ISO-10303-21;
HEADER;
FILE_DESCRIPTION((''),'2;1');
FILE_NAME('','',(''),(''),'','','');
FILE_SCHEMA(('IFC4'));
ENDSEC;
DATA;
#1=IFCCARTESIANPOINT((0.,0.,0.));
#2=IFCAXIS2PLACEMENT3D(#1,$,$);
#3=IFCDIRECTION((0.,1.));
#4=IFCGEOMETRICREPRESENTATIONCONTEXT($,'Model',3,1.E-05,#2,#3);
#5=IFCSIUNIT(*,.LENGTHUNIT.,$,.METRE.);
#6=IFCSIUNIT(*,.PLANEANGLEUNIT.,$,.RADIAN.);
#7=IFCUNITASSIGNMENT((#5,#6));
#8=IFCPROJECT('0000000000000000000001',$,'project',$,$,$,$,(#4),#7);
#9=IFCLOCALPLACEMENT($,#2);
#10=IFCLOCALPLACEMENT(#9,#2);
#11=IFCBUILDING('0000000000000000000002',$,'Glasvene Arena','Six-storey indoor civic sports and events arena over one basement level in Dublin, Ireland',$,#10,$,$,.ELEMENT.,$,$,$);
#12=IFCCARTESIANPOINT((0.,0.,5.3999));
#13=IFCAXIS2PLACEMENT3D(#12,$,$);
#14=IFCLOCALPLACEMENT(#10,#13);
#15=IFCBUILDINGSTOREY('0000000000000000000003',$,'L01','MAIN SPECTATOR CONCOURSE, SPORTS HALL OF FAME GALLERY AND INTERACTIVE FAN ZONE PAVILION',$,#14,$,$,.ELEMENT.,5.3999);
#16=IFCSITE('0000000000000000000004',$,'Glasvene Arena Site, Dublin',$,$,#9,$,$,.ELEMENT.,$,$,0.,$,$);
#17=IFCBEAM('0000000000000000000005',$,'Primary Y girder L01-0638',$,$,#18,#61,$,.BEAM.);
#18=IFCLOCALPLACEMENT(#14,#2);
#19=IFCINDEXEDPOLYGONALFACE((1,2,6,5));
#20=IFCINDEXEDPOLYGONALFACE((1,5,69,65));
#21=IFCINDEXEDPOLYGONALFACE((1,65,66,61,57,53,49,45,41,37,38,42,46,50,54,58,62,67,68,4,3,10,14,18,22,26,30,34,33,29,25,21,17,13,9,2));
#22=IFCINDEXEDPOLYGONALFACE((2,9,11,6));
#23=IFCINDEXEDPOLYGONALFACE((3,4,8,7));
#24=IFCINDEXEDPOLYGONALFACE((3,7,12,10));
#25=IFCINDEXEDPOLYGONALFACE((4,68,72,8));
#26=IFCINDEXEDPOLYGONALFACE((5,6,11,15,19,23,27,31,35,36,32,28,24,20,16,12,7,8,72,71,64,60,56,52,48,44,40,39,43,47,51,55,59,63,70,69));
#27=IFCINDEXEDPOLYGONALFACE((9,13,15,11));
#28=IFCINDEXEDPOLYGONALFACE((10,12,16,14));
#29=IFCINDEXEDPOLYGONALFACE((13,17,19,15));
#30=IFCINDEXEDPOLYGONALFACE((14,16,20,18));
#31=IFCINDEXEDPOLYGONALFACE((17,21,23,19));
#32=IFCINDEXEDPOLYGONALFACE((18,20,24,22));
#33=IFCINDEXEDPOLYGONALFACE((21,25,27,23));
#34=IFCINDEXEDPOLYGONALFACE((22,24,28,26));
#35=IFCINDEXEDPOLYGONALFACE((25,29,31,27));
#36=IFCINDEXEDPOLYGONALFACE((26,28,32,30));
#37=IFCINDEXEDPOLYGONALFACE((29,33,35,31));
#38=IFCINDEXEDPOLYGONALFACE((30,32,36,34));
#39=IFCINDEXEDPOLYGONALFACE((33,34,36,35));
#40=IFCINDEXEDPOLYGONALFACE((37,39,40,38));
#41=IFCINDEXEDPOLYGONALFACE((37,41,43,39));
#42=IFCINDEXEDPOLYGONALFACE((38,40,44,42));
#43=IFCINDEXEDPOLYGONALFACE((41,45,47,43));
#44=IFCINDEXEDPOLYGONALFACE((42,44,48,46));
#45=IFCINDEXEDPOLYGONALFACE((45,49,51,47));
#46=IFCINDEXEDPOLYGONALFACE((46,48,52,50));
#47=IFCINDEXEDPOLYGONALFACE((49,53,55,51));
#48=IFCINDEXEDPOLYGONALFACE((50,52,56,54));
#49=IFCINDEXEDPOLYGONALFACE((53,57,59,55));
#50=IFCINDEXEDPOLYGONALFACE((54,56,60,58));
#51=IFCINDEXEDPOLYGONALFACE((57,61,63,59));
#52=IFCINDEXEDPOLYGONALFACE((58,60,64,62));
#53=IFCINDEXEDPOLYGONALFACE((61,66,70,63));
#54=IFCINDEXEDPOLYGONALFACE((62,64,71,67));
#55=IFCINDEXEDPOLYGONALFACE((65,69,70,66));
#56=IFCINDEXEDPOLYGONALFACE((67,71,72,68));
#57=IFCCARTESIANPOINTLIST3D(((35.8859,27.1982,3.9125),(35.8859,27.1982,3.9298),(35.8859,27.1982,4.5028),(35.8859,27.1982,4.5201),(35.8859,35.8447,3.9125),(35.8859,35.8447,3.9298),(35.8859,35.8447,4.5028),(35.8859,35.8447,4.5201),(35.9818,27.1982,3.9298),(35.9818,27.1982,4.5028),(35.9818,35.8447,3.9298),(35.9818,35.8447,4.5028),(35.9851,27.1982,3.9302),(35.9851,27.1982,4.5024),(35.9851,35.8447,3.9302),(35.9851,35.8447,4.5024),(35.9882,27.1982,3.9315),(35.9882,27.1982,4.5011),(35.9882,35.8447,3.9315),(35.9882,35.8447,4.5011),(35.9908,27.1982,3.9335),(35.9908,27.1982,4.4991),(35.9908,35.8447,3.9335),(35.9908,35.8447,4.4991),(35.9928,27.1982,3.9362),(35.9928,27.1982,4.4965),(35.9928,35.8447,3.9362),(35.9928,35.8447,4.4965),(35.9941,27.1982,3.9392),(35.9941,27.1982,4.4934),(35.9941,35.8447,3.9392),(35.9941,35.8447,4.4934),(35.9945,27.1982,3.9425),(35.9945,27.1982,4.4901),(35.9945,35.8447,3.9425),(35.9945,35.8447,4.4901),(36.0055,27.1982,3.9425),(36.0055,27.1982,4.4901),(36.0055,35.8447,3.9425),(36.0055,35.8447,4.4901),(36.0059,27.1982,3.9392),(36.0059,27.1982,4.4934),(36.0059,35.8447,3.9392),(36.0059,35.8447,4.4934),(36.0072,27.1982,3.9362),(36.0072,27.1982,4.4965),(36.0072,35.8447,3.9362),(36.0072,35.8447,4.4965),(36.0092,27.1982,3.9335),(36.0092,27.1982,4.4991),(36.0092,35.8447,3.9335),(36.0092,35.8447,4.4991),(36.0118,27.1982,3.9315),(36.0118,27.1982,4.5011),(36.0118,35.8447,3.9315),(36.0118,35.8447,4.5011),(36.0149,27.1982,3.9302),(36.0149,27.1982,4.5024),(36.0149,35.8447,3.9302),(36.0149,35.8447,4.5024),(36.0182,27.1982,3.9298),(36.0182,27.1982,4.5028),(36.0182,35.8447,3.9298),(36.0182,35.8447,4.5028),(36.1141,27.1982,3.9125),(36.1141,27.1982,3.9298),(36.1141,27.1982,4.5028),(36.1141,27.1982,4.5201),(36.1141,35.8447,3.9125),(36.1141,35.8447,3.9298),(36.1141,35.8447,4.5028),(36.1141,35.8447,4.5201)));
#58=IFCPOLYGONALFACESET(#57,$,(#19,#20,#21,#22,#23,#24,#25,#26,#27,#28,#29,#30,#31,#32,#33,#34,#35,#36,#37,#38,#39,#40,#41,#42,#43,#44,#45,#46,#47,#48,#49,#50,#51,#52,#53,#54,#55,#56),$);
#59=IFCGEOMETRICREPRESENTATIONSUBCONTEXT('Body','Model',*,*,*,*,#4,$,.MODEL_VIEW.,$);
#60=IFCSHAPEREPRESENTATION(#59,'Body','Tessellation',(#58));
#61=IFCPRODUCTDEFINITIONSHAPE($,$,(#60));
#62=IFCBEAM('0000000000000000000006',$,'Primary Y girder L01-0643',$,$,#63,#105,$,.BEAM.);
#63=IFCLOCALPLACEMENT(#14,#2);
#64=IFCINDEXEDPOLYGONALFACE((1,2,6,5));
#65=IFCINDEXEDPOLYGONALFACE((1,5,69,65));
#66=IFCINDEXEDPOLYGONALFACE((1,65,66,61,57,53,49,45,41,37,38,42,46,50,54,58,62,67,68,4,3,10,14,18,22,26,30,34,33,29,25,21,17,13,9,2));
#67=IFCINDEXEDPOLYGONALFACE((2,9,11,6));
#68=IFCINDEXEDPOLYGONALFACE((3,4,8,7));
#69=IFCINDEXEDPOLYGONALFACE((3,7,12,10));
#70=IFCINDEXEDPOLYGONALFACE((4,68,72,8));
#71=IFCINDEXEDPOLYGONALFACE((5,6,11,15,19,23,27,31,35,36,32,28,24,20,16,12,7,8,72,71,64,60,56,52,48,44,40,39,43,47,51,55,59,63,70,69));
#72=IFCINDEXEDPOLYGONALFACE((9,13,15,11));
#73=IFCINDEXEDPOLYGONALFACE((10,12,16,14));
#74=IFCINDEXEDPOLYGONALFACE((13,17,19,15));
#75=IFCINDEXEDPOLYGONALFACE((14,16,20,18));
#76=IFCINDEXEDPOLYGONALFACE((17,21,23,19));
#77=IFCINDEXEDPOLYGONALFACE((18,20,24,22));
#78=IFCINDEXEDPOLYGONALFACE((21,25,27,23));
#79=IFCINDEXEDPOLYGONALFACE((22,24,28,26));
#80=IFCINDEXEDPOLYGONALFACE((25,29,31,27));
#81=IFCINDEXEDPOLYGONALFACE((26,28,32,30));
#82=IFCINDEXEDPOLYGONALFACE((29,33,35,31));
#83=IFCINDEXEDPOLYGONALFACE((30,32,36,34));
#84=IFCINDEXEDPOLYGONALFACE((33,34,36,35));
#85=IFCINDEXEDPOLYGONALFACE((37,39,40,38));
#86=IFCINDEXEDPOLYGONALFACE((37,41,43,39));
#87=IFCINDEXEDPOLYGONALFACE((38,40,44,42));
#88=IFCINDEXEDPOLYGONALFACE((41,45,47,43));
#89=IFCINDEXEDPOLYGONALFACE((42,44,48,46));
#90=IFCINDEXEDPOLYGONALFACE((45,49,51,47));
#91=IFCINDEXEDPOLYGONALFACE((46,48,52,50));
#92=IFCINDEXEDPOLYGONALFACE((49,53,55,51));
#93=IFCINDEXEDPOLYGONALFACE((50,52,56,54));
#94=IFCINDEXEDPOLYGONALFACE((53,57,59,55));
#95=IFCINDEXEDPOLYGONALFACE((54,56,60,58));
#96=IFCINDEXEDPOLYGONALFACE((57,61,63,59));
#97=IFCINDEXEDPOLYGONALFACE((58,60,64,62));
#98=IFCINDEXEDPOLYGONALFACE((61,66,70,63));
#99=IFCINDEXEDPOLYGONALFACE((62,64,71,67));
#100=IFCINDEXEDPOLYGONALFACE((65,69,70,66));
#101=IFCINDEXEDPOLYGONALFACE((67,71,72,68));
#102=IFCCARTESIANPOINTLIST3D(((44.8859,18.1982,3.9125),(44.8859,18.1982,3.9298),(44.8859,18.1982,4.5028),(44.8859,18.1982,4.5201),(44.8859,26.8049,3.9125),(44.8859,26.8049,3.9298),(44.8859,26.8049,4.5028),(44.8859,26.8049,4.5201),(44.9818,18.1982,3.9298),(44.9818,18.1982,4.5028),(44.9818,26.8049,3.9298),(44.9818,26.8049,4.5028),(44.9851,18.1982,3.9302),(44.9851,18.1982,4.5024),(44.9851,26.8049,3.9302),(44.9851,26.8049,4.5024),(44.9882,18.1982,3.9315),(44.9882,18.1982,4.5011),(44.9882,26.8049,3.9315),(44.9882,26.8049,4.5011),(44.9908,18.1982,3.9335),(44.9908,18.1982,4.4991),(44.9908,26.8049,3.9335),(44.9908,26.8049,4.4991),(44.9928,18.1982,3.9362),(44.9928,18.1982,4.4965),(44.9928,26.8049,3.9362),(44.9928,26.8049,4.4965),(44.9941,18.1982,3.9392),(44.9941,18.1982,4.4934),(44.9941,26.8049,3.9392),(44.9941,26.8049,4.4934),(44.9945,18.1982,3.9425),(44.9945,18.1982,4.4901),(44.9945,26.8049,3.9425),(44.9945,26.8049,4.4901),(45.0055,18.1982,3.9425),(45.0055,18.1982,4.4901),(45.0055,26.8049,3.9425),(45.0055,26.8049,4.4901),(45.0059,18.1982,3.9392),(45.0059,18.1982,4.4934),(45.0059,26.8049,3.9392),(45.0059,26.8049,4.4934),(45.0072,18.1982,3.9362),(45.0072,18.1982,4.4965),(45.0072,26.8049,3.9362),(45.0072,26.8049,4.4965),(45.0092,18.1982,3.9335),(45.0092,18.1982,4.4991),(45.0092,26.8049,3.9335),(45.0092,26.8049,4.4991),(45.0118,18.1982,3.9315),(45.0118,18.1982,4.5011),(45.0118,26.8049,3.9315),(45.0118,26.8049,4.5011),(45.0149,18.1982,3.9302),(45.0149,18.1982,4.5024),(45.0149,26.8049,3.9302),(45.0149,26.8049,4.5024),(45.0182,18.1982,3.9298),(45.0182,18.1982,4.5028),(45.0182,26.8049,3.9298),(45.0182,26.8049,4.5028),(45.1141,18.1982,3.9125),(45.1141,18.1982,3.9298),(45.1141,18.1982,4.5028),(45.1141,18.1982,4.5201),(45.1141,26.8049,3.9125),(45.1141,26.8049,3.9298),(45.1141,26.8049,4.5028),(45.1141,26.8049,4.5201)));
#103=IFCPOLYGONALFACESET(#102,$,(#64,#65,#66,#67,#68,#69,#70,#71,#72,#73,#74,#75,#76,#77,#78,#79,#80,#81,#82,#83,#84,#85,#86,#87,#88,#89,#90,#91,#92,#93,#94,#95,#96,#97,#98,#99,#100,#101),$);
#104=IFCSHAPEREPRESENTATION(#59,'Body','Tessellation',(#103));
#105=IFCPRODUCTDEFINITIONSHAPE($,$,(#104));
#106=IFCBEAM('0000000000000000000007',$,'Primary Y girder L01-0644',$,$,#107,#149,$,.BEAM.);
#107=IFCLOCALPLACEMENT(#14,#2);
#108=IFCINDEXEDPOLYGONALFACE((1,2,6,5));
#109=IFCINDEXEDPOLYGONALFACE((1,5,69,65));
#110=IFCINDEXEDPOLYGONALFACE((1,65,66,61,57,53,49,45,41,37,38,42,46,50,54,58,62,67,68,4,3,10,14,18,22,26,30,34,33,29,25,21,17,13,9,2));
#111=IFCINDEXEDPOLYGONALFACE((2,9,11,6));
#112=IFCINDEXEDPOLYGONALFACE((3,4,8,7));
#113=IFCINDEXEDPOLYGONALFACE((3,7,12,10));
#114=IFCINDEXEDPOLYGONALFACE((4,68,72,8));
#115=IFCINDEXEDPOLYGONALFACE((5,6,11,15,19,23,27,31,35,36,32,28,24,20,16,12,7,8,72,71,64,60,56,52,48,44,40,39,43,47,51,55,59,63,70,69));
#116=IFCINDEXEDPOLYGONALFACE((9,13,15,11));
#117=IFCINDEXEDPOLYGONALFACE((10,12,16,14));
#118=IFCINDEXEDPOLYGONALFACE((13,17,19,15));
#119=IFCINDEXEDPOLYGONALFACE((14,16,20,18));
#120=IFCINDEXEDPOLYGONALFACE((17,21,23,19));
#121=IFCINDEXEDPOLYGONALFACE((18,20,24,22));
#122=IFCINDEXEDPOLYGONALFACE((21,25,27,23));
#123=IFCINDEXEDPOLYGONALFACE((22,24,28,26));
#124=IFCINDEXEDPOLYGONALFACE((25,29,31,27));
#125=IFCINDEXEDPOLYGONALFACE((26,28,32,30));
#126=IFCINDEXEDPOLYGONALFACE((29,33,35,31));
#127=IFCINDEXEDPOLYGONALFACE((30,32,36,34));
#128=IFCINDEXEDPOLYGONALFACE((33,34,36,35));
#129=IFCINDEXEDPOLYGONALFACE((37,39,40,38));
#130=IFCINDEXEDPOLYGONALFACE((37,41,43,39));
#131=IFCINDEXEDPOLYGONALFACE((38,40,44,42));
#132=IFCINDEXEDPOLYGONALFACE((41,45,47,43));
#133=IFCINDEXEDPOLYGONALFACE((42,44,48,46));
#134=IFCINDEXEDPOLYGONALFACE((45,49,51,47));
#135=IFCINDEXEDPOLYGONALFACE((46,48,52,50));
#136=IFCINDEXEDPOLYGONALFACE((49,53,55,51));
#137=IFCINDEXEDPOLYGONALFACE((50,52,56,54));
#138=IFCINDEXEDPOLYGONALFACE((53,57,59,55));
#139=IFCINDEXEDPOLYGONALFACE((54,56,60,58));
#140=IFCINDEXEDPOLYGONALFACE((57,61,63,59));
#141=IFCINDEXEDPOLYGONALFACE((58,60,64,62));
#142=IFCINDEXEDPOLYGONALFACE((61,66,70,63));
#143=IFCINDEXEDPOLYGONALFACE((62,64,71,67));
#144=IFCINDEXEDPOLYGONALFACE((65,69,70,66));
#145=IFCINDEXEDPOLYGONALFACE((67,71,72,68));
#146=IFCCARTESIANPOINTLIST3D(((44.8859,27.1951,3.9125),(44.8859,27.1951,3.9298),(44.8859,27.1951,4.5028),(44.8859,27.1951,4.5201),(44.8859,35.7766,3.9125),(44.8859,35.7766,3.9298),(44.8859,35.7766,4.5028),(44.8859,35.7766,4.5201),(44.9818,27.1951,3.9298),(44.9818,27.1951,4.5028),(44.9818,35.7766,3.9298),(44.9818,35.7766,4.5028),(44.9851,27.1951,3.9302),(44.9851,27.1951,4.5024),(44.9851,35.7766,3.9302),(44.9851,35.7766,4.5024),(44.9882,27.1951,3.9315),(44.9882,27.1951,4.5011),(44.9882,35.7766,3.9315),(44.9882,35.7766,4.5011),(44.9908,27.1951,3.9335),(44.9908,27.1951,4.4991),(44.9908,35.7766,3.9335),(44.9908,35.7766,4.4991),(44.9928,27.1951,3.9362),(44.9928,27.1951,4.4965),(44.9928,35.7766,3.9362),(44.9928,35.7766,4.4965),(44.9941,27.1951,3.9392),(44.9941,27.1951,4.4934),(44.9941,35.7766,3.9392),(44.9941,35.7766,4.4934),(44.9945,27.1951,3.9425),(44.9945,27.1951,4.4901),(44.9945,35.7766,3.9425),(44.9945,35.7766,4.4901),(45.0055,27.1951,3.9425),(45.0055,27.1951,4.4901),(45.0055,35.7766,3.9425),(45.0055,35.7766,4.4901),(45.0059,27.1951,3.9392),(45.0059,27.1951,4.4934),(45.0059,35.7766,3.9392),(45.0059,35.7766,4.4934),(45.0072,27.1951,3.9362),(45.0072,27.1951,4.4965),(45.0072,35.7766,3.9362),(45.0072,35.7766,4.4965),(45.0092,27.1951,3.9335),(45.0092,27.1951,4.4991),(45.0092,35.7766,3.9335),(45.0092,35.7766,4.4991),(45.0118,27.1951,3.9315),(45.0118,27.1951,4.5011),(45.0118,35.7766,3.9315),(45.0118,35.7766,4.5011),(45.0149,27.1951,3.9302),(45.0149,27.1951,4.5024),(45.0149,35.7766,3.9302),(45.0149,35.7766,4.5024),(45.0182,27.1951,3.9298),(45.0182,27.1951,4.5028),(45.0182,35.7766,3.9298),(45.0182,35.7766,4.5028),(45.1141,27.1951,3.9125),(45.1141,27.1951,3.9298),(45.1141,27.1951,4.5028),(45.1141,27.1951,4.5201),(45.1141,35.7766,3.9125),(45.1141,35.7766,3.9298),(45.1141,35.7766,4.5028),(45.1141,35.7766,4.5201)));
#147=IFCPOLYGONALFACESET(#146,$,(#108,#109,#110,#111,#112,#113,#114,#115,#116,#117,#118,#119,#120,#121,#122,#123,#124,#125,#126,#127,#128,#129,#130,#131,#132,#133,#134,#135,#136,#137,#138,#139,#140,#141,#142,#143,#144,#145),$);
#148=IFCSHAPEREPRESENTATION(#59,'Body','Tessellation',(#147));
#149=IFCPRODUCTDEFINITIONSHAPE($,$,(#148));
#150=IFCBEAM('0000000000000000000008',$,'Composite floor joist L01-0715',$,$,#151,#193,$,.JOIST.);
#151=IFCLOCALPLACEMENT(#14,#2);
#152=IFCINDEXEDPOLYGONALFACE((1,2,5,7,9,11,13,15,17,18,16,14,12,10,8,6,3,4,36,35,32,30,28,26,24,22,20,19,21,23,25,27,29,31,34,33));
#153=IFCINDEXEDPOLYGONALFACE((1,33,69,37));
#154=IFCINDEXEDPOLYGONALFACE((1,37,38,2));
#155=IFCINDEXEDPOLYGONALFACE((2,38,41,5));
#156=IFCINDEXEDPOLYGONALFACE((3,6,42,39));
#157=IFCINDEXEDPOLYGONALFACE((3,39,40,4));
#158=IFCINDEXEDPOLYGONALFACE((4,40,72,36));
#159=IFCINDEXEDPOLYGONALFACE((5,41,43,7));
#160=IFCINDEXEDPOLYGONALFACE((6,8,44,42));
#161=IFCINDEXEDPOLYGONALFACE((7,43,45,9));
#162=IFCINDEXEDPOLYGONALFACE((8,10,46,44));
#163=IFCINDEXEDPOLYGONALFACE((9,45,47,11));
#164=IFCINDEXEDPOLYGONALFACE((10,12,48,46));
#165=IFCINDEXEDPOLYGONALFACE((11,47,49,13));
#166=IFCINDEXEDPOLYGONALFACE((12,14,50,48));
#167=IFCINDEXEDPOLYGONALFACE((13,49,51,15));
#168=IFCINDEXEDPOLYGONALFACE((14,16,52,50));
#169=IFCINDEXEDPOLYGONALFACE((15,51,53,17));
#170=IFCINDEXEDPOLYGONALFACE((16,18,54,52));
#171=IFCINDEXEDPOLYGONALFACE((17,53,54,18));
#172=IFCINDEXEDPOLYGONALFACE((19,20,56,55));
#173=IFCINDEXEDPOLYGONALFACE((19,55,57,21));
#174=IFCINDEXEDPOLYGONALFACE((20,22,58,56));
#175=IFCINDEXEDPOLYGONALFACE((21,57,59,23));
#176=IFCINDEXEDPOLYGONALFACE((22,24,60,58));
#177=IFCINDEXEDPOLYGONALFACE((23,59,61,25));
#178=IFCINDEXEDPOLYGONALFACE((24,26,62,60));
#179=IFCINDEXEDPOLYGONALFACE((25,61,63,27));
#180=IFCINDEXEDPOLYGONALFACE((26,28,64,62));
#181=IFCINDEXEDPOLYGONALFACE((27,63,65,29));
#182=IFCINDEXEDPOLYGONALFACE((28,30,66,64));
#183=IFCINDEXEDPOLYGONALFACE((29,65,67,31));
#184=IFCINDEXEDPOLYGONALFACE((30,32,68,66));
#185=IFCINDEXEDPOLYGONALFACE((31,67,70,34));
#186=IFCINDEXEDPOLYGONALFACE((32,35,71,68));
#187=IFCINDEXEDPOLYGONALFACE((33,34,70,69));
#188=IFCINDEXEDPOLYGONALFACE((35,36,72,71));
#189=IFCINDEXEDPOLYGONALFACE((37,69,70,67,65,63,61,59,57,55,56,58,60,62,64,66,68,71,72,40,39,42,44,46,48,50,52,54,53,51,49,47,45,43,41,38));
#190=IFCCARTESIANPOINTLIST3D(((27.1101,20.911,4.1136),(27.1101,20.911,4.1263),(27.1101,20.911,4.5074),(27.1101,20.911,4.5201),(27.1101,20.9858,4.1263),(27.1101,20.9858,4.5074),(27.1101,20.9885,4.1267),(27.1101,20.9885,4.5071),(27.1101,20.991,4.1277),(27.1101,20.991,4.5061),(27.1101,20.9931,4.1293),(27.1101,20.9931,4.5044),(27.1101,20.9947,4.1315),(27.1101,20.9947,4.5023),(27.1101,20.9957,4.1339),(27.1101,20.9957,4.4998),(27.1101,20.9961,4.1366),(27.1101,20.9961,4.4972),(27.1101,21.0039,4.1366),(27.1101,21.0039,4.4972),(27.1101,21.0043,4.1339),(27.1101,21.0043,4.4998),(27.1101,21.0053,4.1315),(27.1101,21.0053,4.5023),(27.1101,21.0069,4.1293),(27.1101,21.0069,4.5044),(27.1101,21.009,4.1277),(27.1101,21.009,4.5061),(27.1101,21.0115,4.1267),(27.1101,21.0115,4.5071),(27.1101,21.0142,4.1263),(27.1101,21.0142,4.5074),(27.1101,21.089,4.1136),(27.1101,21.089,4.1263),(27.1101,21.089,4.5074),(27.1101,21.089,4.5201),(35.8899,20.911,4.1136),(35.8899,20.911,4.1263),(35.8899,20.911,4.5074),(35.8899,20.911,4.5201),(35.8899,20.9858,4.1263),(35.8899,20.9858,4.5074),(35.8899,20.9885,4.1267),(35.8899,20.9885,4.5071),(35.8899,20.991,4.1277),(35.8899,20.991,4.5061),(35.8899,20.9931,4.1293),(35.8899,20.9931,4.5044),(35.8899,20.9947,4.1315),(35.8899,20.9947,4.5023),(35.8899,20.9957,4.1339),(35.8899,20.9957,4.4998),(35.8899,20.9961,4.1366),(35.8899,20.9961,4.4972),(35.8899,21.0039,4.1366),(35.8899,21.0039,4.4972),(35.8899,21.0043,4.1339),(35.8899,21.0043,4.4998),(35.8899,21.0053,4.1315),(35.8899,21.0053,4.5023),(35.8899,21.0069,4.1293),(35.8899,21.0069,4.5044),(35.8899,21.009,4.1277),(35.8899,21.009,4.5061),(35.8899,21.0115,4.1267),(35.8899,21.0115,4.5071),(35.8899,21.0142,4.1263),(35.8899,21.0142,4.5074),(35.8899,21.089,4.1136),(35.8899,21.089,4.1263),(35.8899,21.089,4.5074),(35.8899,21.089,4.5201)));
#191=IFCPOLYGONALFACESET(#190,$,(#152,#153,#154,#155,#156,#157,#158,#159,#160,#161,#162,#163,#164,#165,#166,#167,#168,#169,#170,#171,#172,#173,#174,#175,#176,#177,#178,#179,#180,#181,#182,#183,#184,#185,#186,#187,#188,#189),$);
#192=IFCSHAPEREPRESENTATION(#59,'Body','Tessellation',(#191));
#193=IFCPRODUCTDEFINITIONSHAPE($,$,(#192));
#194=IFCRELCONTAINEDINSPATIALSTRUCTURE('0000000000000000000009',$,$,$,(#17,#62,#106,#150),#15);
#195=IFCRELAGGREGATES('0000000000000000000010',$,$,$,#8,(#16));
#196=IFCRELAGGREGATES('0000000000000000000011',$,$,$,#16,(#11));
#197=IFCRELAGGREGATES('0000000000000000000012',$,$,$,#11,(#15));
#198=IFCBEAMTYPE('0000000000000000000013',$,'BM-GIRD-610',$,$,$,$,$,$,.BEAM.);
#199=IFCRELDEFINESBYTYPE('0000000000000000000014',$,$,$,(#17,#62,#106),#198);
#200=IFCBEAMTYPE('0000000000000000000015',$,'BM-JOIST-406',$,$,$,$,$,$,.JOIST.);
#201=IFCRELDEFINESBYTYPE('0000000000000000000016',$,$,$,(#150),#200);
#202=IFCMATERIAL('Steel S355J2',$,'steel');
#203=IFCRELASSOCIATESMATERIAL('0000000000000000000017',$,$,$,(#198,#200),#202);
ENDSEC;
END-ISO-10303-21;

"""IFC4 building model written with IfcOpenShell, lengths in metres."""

from ifc_helpers import new_model, si_unit, direction, frame, origin, origin_2d, place, context, subcontext, project, spatial, i_section, extrude, material, material_profile, profile_set, type_object, element, save


model = new_model("IFC4")

# Units and contexts
model_context = context("Model", 3, precision=1e-05, world=origin(), true_north=direction((0.0, 1.0)))
body_context = subcontext(model_context, "Body", "Model", "MODEL_VIEW")
ifc_project = project(units=[si_unit("LENGTHUNIT", "METRE"), si_unit("PLANEANGLEUNIT", "RADIAN")], contexts=[model_context])

# Site, building, storey
site_placement = place(None, origin())
site = spatial("IfcSite", under=ifc_project, at=site_placement, Name="Glasvene Arena Site, Dublin", CompositionType="ELEMENT", RefElevation=0.0)
building_placement = place(site_placement, origin())
building = spatial("IfcBuilding", under=site, at=building_placement, Name="Glasvene Arena", Description="Six-storey indoor civic sports and events arena over one basement level in Dublin, Ireland", CompositionType="ELEMENT")
storey_placement = place(building_placement, frame((0.0, 0.0, 5.3999)))
storey = spatial("IfcBuildingStorey", under=building, at=storey_placement, Name="L01", Description="MAIN SPECTATOR CONCOURSE, SPORTS HALL OF FAME GALLERY AND INTERACTIVE FAN ZONE PAVILION", CompositionType="ELEMENT", Elevation=5.3999)

# Shared definitions
ifc_material_1 = material(Name="Steel S355J2", Category="steel")

# Beams
ifc_material_profile_1 = material_profile(ifc_material_1, i_section(OverallWidth=0.2283, OverallDepth=0.6077, WebThickness=0.011, FlangeThickness=0.0173, FilletRadius=0.0127, at=origin_2d()), Name="UKB 610x229x113")
ifc_profile_set_1 = profile_set([ifc_material_profile_1], Name="Steel S355J2")
beam_type_1 = type_object("IfcBeamType", Name="BM-GIRD-610", PredefinedType="BEAM", material=ifc_profile_set_1)
beam_1_placement = place(storey_placement, frame((36.0, 27.1982, 4.2163), z_axis=(0.0, 1.0, 0.0), x_axis=(-1.0, 0.0, 0.0)))
element("IfcBeam", 1, at=beam_1_placement, inside=storey, type_object=beam_type_1, Name="Primary Y girder L01-0638", PredefinedType="BEAM", context=body_context, shape_type="SweptSolid", body=[
    extrude(i_section(OverallWidth=0.2283, OverallDepth=0.6077, WebThickness=0.011, FlangeThickness=0.0173, FilletRadius=0.0127, at=origin_2d()), origin(), (0.0, 0.0, 1.0), 8.6465),
])
beam_2_placement = place(storey_placement, frame((45.0, 18.1982, 4.2163), z_axis=(0.0, 1.0, 0.0), x_axis=(-1.0, 0.0, 0.0)))
element("IfcBeam", 2, at=beam_2_placement, inside=storey, type_object=beam_type_1, Name="Primary Y girder L01-0643", PredefinedType="BEAM", context=body_context, shape_type="SweptSolid", body=[
    extrude(i_section(OverallWidth=0.2283, OverallDepth=0.6077, WebThickness=0.011, FlangeThickness=0.0173, FilletRadius=0.0127, at=origin_2d()), origin(), (0.0, 0.0, 1.0), 8.6067),
])
beam_3_placement = place(storey_placement, frame((45.0, 27.1951, 4.2163), z_axis=(0.0, 1.0, 0.0), x_axis=(-1.0, 0.0, 0.0)))
element("IfcBeam", 3, at=beam_3_placement, inside=storey, type_object=beam_type_1, Name="Primary Y girder L01-0644", PredefinedType="BEAM", context=body_context, shape_type="SweptSolid", body=[
    extrude(i_section(OverallWidth=0.2283, OverallDepth=0.6077, WebThickness=0.011, FlangeThickness=0.0173, FilletRadius=0.0127, at=origin_2d()), origin(), (0.0, 0.0, 1.0), 8.5815),
])
ifc_material_profile_2 = material_profile(ifc_material_1, i_section(OverallWidth=0.178, OverallDepth=0.4065, WebThickness=0.0078, FlangeThickness=0.0127, FilletRadius=0.0103, at=origin_2d()), Name="UKB 406x178x60")
ifc_profile_set_2 = profile_set([ifc_material_profile_2], Name="Steel S355J2")
beam_type_2 = type_object("IfcBeamType", Name="BM-JOIST-406", PredefinedType="JOIST", material=ifc_profile_set_2)
for number, where, z_axis, x_axis, name in (
    (4, (27.1101, 21.0, 4.3169), (1.0, 0.0, 0.0), (0.0, 1.0, 0.0), "Composite floor joist L01-0715"),
):
    element("IfcBeam", number, at=place(storey_placement, frame(where, z_axis=z_axis, x_axis=x_axis)), inside=storey, type_object=beam_type_2, Name=name, PredefinedType="JOIST", context=body_context, shape_type="SweptSolid", body=[
        extrude(i_section(OverallWidth=0.178, OverallDepth=0.4065, WebThickness=0.0078, FlangeThickness=0.0127, FilletRadius=0.0103, at=origin_2d()), origin(), (0.0, 0.0, 1.0), 8.7798),
    ])

save(model, "model.ifc")
